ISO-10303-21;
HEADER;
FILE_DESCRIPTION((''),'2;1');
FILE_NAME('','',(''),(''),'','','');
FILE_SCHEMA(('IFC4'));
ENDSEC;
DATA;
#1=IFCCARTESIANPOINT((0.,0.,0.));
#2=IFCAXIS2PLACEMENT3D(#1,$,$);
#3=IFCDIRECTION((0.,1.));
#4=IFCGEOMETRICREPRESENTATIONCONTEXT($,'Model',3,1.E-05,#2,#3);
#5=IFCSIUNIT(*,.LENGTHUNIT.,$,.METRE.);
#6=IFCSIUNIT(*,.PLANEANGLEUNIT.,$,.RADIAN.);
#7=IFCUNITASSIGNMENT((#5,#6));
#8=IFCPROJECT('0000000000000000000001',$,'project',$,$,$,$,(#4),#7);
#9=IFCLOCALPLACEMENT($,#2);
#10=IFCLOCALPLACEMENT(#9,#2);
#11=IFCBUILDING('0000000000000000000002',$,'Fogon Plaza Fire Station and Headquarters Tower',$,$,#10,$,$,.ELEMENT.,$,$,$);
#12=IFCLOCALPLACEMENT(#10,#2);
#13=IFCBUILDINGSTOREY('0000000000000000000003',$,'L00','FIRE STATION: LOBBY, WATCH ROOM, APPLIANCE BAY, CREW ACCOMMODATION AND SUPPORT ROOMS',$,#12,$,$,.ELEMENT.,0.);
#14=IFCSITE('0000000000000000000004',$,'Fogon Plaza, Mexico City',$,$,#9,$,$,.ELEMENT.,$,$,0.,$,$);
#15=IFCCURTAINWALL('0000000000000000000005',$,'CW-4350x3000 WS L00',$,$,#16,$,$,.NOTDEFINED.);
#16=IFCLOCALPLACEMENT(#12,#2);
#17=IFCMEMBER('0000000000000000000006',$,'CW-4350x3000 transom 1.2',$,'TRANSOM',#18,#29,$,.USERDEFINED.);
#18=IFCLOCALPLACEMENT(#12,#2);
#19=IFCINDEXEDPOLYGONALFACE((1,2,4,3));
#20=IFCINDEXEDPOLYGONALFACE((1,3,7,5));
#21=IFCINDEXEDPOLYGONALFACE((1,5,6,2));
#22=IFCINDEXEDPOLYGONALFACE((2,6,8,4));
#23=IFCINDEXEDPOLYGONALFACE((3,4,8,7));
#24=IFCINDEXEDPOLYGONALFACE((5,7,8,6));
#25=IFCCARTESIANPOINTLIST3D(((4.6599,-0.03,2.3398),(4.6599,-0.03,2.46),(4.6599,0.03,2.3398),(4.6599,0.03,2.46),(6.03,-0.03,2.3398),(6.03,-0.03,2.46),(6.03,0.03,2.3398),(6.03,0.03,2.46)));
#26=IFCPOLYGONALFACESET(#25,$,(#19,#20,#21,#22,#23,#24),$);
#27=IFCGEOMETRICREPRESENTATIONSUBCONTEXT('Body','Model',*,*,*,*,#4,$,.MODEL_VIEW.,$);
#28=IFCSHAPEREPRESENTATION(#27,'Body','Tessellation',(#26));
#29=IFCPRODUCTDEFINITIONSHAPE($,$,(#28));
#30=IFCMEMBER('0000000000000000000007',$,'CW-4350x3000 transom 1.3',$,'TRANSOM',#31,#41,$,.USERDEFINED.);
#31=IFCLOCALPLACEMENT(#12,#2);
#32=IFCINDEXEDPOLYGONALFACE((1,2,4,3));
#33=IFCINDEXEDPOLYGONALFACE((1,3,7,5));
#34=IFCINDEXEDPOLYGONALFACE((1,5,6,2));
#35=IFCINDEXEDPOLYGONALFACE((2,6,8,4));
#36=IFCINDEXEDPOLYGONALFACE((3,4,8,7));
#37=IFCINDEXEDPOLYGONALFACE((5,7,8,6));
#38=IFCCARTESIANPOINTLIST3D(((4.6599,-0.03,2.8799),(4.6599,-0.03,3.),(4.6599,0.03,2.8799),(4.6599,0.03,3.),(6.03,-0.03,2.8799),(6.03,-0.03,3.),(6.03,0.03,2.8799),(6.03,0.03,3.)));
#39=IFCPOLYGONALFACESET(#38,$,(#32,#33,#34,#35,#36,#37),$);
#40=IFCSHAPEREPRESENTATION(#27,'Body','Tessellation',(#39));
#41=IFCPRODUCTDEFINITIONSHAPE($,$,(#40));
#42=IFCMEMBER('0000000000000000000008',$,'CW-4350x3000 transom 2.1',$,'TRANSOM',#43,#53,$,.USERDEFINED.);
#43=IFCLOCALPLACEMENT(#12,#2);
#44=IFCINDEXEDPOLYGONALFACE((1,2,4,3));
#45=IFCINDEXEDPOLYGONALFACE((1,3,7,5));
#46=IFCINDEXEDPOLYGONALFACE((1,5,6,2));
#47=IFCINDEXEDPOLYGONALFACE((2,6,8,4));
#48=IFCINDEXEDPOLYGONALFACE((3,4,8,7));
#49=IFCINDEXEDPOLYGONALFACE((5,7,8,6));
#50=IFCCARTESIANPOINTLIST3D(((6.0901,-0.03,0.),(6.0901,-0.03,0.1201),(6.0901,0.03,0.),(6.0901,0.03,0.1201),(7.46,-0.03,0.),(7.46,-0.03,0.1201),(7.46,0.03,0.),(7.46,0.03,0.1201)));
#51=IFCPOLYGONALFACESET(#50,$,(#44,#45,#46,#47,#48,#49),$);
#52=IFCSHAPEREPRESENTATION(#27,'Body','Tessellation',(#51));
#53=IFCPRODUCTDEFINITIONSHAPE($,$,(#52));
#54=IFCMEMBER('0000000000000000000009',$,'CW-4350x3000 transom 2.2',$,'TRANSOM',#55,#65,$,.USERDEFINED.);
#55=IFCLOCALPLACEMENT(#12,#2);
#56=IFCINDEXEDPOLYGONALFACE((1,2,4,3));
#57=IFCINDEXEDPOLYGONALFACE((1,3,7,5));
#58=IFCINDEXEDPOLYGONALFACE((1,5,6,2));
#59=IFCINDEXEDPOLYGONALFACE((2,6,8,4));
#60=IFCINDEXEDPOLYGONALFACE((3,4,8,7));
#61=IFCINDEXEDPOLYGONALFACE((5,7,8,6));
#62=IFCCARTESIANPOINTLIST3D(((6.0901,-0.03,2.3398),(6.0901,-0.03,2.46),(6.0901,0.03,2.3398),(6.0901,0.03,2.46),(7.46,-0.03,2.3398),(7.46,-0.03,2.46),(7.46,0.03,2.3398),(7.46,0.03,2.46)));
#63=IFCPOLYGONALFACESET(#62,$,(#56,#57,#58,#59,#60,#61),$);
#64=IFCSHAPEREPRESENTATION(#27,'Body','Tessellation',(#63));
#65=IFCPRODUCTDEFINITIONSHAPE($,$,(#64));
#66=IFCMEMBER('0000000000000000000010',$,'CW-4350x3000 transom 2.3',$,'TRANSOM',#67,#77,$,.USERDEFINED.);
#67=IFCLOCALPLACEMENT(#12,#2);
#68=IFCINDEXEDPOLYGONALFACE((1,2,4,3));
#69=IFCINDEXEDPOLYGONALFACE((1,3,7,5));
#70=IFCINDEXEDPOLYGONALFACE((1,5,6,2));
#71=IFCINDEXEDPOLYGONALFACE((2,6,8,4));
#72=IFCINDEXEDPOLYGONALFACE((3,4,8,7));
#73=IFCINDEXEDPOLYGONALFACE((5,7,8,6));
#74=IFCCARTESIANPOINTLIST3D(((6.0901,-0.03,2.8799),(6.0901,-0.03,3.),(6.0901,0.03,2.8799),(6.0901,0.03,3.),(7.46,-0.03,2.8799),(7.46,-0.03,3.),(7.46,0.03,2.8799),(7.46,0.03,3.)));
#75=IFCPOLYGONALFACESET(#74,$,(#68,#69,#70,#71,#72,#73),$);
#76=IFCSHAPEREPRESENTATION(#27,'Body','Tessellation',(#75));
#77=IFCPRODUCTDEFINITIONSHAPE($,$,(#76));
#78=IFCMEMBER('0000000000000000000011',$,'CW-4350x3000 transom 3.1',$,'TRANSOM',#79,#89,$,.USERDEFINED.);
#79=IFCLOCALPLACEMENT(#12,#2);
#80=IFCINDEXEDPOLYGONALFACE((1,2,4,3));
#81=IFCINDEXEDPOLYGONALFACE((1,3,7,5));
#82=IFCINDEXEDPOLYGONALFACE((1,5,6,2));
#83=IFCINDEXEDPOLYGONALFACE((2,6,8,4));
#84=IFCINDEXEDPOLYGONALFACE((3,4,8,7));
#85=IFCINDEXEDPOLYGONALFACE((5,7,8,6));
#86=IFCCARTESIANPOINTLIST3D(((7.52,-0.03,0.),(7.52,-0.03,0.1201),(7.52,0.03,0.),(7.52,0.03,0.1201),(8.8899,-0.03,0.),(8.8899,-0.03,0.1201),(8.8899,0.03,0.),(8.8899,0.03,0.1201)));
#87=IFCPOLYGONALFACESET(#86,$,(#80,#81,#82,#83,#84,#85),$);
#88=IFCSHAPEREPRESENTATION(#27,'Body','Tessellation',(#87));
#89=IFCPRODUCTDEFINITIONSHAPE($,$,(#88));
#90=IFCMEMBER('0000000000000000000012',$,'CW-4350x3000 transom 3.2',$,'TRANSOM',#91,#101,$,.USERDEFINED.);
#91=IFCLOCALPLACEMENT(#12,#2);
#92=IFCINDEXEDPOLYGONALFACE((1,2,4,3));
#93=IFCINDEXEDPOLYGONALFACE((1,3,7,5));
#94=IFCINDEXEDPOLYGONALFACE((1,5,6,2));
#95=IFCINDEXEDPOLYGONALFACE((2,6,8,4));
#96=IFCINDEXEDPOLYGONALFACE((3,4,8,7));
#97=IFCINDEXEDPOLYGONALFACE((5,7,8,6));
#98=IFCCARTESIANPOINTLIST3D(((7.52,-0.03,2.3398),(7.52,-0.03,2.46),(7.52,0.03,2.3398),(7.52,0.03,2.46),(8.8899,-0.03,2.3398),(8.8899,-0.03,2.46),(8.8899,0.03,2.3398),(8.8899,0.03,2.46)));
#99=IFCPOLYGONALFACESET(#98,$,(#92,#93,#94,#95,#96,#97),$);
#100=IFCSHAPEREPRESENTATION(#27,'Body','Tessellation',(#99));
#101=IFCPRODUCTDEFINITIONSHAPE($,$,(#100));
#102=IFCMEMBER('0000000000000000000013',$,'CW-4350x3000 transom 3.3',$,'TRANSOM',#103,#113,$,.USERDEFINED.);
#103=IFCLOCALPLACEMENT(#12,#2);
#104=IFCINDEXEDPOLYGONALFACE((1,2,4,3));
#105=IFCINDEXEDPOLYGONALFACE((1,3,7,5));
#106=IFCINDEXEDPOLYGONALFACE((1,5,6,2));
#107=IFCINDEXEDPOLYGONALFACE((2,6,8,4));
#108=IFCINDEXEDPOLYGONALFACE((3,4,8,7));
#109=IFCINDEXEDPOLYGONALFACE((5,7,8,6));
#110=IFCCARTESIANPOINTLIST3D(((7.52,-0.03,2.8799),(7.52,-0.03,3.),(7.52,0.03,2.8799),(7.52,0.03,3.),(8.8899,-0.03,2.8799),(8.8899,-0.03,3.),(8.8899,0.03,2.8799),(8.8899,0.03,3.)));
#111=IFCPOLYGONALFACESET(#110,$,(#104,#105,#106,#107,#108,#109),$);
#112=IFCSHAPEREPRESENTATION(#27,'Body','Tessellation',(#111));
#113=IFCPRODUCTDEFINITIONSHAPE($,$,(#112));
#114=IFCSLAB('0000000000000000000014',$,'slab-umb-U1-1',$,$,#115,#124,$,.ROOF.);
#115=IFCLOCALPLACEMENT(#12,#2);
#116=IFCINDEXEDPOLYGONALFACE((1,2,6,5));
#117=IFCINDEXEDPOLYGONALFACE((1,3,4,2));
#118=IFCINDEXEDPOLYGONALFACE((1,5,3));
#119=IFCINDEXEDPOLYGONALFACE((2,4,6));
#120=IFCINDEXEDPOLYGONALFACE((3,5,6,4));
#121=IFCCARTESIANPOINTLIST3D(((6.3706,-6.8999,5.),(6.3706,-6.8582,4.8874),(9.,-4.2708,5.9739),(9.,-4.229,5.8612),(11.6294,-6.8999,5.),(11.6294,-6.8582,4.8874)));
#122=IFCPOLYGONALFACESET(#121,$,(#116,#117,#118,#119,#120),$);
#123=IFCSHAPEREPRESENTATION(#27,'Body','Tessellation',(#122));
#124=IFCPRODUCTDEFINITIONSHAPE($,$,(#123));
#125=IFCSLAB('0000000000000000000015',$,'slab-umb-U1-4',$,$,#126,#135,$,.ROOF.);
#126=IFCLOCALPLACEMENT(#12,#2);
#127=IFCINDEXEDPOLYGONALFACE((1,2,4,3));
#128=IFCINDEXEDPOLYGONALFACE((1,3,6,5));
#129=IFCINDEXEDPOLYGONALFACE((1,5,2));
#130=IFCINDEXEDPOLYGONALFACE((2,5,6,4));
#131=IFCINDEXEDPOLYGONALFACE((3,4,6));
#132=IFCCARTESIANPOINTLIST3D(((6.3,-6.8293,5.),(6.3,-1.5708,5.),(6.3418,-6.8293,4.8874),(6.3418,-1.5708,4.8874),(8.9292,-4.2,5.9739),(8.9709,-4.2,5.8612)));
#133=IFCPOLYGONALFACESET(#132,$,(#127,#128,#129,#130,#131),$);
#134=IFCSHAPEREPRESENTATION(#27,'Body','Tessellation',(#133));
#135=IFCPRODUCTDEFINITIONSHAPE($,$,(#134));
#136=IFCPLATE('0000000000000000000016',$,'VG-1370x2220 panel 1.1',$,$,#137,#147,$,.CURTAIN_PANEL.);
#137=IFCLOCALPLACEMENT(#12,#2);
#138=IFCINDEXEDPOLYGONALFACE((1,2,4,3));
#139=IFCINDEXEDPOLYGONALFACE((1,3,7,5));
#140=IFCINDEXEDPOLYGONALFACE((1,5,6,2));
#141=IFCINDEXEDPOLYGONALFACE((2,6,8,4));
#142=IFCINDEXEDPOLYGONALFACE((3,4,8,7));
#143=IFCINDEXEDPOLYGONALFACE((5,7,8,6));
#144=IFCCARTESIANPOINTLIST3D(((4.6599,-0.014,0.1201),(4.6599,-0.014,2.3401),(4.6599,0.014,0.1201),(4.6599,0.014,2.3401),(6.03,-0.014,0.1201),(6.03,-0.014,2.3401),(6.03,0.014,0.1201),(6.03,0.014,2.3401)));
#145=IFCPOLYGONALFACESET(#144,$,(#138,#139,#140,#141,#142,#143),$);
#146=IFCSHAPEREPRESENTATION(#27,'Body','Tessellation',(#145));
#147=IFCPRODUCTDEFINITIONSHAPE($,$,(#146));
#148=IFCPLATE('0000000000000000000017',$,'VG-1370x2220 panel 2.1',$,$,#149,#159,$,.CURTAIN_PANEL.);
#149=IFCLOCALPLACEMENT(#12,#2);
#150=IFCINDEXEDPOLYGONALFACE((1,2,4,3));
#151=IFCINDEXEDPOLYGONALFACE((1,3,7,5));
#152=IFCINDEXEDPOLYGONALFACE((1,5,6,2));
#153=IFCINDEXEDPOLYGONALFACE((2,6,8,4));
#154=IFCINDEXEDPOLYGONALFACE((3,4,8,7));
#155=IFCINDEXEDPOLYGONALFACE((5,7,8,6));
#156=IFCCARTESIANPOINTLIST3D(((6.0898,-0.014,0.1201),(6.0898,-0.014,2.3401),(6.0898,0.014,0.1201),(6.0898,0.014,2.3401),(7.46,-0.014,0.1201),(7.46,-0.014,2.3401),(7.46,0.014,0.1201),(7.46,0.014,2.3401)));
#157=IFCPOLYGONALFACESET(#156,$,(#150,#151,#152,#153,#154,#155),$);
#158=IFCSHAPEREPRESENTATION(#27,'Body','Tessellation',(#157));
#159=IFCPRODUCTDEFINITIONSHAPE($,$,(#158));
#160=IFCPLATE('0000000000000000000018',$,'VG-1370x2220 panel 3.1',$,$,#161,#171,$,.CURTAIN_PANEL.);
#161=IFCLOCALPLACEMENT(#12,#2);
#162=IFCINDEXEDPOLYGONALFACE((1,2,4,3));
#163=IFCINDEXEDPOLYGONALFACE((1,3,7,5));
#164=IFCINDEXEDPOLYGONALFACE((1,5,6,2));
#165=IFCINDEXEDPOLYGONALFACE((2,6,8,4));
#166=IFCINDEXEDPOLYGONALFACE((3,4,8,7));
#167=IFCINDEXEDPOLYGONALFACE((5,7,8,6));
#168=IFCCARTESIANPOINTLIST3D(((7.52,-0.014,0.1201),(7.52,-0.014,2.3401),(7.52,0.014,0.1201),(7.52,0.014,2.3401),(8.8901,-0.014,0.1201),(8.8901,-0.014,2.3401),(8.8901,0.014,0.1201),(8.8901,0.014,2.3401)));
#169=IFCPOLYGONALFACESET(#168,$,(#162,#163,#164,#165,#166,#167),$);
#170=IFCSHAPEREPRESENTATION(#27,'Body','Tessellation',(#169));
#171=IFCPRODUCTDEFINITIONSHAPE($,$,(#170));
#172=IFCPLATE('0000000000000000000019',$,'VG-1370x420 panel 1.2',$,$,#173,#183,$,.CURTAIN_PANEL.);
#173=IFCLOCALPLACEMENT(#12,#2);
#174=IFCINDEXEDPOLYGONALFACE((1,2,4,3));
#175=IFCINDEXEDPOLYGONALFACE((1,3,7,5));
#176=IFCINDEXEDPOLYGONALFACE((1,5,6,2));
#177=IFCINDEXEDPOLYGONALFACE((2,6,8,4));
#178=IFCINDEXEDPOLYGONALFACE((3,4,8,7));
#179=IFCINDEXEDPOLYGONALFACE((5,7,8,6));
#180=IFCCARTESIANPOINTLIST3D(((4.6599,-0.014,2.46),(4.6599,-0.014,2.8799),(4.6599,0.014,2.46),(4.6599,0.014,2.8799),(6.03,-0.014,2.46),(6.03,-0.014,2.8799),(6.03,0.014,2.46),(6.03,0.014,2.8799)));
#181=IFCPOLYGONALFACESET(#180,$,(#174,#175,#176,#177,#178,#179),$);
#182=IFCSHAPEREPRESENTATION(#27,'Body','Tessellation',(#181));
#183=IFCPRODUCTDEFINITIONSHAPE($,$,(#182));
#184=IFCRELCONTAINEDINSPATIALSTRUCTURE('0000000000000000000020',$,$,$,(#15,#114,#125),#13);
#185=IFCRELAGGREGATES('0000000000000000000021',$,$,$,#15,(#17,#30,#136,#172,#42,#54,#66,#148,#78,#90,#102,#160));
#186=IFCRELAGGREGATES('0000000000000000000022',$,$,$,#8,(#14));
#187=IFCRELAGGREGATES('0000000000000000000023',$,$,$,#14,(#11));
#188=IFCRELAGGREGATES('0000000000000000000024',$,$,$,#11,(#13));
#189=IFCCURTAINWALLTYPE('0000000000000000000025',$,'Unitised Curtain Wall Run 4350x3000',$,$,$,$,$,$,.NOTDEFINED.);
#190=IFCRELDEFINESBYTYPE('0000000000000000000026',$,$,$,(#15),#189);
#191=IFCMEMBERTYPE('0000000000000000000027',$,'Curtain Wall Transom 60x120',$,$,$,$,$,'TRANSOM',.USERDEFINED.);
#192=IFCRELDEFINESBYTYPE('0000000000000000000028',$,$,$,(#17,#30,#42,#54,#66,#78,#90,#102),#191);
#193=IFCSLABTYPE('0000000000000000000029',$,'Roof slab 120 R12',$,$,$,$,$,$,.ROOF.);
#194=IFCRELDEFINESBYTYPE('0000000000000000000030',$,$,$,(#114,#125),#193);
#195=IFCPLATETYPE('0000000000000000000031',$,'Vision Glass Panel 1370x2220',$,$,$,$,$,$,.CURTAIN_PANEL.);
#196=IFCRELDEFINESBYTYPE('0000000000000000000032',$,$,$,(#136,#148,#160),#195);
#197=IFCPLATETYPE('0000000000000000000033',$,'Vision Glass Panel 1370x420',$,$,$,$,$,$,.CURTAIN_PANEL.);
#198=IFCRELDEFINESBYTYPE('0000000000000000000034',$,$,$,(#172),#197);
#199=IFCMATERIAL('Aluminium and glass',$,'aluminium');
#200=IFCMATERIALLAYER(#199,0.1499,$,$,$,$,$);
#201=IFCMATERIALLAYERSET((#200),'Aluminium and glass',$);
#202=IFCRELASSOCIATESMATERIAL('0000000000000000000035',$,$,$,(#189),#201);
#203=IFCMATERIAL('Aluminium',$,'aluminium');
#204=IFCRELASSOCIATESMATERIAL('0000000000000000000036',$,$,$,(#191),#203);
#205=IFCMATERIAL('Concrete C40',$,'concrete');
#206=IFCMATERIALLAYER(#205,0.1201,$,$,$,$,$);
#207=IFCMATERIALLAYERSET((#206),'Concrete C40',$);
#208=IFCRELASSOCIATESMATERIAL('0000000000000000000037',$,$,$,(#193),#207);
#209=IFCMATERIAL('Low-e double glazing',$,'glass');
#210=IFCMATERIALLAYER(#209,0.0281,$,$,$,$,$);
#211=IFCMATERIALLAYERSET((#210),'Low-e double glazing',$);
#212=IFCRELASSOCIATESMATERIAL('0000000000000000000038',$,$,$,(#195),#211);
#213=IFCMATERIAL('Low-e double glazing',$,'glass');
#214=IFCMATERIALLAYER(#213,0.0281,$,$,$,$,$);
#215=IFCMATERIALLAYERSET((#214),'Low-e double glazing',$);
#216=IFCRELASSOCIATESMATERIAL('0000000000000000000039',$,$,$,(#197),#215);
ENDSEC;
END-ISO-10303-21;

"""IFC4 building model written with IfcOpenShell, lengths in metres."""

from ifc_helpers import new_model, si_unit, direction, frame, origin, origin_2d, place, context, subcontext, project, spatial, polyline, rectangle, outline, extrude, material, layer, layer_set, material_profile, profile_set, type_object, element, aggregate, save


model = new_model("IFC4")

# Units and contexts
model_context = context("Model", 3, precision=1e-05, world=origin(), true_north=direction((0.0, 1.0)))
body_context = subcontext(model_context, "Body", "Model", "MODEL_VIEW")
ifc_project = project(units=[si_unit("LENGTHUNIT", "METRE"), si_unit("PLANEANGLEUNIT", "RADIAN")], contexts=[model_context])

# Site, building, storey
site_placement = place(None, origin())
site = spatial("IfcSite", under=ifc_project, at=site_placement, Name="Fogon Plaza, Mexico City", CompositionType="ELEMENT", RefElevation=0.0)
building_placement = place(site_placement, origin())
building = spatial("IfcBuilding", under=site, at=building_placement, Name="Fogon Plaza Fire Station and Headquarters Tower", CompositionType="ELEMENT")
storey_placement = place(building_placement, origin())
storey = spatial("IfcBuildingStorey", under=building, at=storey_placement, Name="L00", Description="FIRE STATION: LOBBY, WATCH ROOM, APPLIANCE BAY, CREW ACCOMMODATION AND SUPPORT ROOMS", CompositionType="ELEMENT", Elevation=0.0)

# Curtain wall, members
ifc_material_1 = material(Name="Aluminium and glass", Category="aluminium")
ifc_layer_1 = layer(ifc_material_1, 0.1499)
ifc_layer_set_1 = layer_set([ifc_layer_1], Name="Aluminium and glass")
curtain_wall_type = type_object("IfcCurtainWallType", Name="Unitised Curtain Wall Run 4350x3000", PredefinedType="NOTDEFINED", material=ifc_layer_set_1)
curtain_wall_placement = place(storey_placement, origin())
curtain_wall = element("IfcCurtainWall", 1, at=curtain_wall_placement, inside=storey, type_object=curtain_wall_type, Name="CW-4350x3000 WS L00", PredefinedType="NOTDEFINED")
ifc_material_2 = material(Name="Aluminium", Category="aluminium")
ifc_material_profile_1 = material_profile(ifc_material_2, rectangle(XDim=0.0601, YDim=0.1201, at=origin_2d()), Name="Curtain Wall Transom 60x120")
ifc_profile_set_1 = profile_set([ifc_material_profile_1], Name="Aluminium")
member_type_1 = type_object("IfcMemberType", Name="Curtain Wall Transom 60x120", ElementType="TRANSOM", PredefinedType="USERDEFINED", material=ifc_profile_set_1)
member_1_placement = place(storey_placement, frame((4.6599, 0.0, 2.3999), z_axis=(1.0, 0.0, 0.0), x_axis=(0.0, 1.0, 0.0)))
member_1 = element("IfcMember", 2, at=member_1_placement, type_object=member_type_1, Name="CW-4350x3000 transom 1.2", ObjectType="TRANSOM", PredefinedType="USERDEFINED", context=body_context, shape_type="SweptSolid", body=[
    extrude(rectangle(XDim=0.0601, YDim=0.1201, at=origin_2d()), origin(), (0.0, 0.0, 1.0), 1.3701),
])
member_2_placement = place(storey_placement, frame((4.6599, 0.0, 2.9399), z_axis=(1.0, 0.0, 0.0), x_axis=(0.0, 1.0, 0.0)))
member_2 = element("IfcMember", 3, at=member_2_placement, type_object=member_type_1, Name="CW-4350x3000 transom 1.3", ObjectType="TRANSOM", PredefinedType="USERDEFINED", context=body_context, shape_type="SweptSolid", body=[
    extrude(rectangle(XDim=0.0601, YDim=0.1201, at=origin_2d()), origin(), (0.0, 0.0, 1.0), 1.3701),
])
member_3_placement = place(storey_placement, frame((6.0901, 0.0, 0.0601), z_axis=(1.0, 0.0, 0.0), x_axis=(0.0, 1.0, 0.0)))
member_3 = element("IfcMember", 4, at=member_3_placement, type_object=member_type_1, Name="CW-4350x3000 transom 2.1", ObjectType="TRANSOM", PredefinedType="USERDEFINED", context=body_context, shape_type="SweptSolid", body=[
    extrude(rectangle(XDim=0.0601, YDim=0.1201, at=origin_2d()), origin(), (0.0, 0.0, 1.0), 1.3699),
])
member_4_placement = place(storey_placement, frame((6.0901, 0.0, 2.3999), z_axis=(1.0, 0.0, 0.0), x_axis=(0.0, 1.0, 0.0)))
member_4 = element("IfcMember", 5, at=member_4_placement, type_object=member_type_1, Name="CW-4350x3000 transom 2.2", ObjectType="TRANSOM", PredefinedType="USERDEFINED", context=body_context, shape_type="SweptSolid", body=[
    extrude(rectangle(XDim=0.0601, YDim=0.1201, at=origin_2d()), origin(), (0.0, 0.0, 1.0), 1.3699),
])
member_5_placement = place(storey_placement, frame((6.0901, 0.0, 2.9399), z_axis=(1.0, 0.0, 0.0), x_axis=(0.0, 1.0, 0.0)))
member_5 = element("IfcMember", 6, at=member_5_placement, type_object=member_type_1, Name="CW-4350x3000 transom 2.3", ObjectType="TRANSOM", PredefinedType="USERDEFINED", context=body_context, shape_type="SweptSolid", body=[
    extrude(rectangle(XDim=0.0601, YDim=0.1201, at=origin_2d()), origin(), (0.0, 0.0, 1.0), 1.3699),
])
member_6_placement = place(storey_placement, frame((7.52, 0.0, 0.0601), z_axis=(1.0, 0.0, 0.0), x_axis=(0.0, 1.0, 0.0)))
member_6 = element("IfcMember", 7, at=member_6_placement, type_object=member_type_1, Name="CW-4350x3000 transom 3.1", ObjectType="TRANSOM", PredefinedType="USERDEFINED", context=body_context, shape_type="SweptSolid", body=[
    extrude(rectangle(XDim=0.0601, YDim=0.1201, at=origin_2d()), origin(), (0.0, 0.0, 1.0), 1.3699),
])
member_7_placement = place(storey_placement, frame((7.52, 0.0, 2.3999), z_axis=(1.0, 0.0, 0.0), x_axis=(0.0, 1.0, 0.0)))
member_7 = element("IfcMember", 8, at=member_7_placement, type_object=member_type_1, Name="CW-4350x3000 transom 3.2", ObjectType="TRANSOM", PredefinedType="USERDEFINED", context=body_context, shape_type="SweptSolid", body=[
    extrude(rectangle(XDim=0.0601, YDim=0.1201, at=origin_2d()), origin(), (0.0, 0.0, 1.0), 1.3699),
])
member_8_placement = place(storey_placement, frame((7.52, 0.0, 2.9399), z_axis=(1.0, 0.0, 0.0), x_axis=(0.0, 1.0, 0.0)))
member_8 = element("IfcMember", 9, at=member_8_placement, type_object=member_type_1, Name="CW-4350x3000 transom 3.3", ObjectType="TRANSOM", PredefinedType="USERDEFINED", context=body_context, shape_type="SweptSolid", body=[
    extrude(rectangle(XDim=0.0601, YDim=0.1201, at=origin_2d()), origin(), (0.0, 0.0, 1.0), 1.3699),
])

# Slabs
ifc_material_3 = material(Name="Concrete C40", Category="concrete")
ifc_layer_2 = layer(ifc_material_3, 0.1201)
ifc_layer_set_2 = layer_set([ifc_layer_2], Name="Concrete C40")
slab_type = type_object("IfcSlabType", Name="Roof slab 120 R12", PredefinedType="ROOF", material=ifc_layer_set_2)
slab_1_placement = place(storey_placement, frame((6.3706, -6.8999, 5.0), z_axis=(0.0, -0.347351, 0.937735), x_axis=(0.684066, 0.684003, 0.253365)))
element("IfcSlab", 10, at=slab_1_placement, inside=storey, type_object=slab_type, Name="slab-umb-U1-1", PredefinedType="ROOF", context=body_context, shape_type="SweptSolid", body=[
    extrude(outline(polyline([(0.0, 0.0), (3.8438, 0.0), (3.5974, -3.8359), (0.0, 0.0)])), origin(), (0.0, 0.0, -1.0), 0.1201),
])
slab_2_placement = place(storey_placement, frame((6.3, -1.5708, 5.0), z_axis=(-0.347351, 0.0, 0.937735), x_axis=(0.684032, -0.684032, 0.253376)))
element("IfcSlab", 11, at=slab_2_placement, inside=storey, type_object=slab_type, Name="slab-umb-U1-4", PredefinedType="ROOF", context=body_context, shape_type="SweptSolid", body=[
    extrude(outline(polyline([(0.0, 0.0), (3.8436, 0.0), (3.597, -3.8359), (0.0, 0.0)])), origin(), (0.0, 0.0, -1.0), 0.1201),
])

# Plates
ifc_material_4 = material(Name="Low-e double glazing", Category="glass")
ifc_layer_3 = layer(ifc_material_4, 0.0281)
ifc_layer_set_3 = layer_set([ifc_layer_3], Name="Low-e double glazing")
plate_type_1 = type_object("IfcPlateType", Name="Vision Glass Panel 1370x2220", PredefinedType="CURTAIN_PANEL", material=ifc_layer_set_3)
plate_1_placement = place(storey_placement, frame((5.345, 0.0, 0.1201), z_axis=(0.0, 0.0, 1.0), x_axis=(1.0, 0.0, 0.0)))
plate_1 = element("IfcPlate", 12, at=plate_1_placement, type_object=plate_type_1, Name="VG-1370x2220 panel 1.1", PredefinedType="CURTAIN_PANEL", context=body_context, shape_type="SweptSolid", body=[
    extrude(rectangle(XDim=1.3701, YDim=0.0281, at=origin_2d()), origin(), (0.0, 0.0, 1.0), 2.22),
])
plate_2_placement = place(storey_placement, frame((6.7749, 0.0, 0.1201), z_axis=(0.0, 0.0, 1.0), x_axis=(1.0, 0.0, 0.0)))
plate_2 = element("IfcPlate", 13, at=plate_2_placement, type_object=plate_type_1, Name="VG-1370x2220 panel 2.1", PredefinedType="CURTAIN_PANEL", context=body_context, shape_type="SweptSolid", body=[
    extrude(rectangle(XDim=1.3701, YDim=0.0281, at=origin_2d()), origin(), (0.0, 0.0, 1.0), 2.22),
])
plate_3_placement = place(storey_placement, frame((8.2051, 0.0, 0.1201), z_axis=(0.0, 0.0, 1.0), x_axis=(1.0, 0.0, 0.0)))
plate_3 = element("IfcPlate", 14, at=plate_3_placement, type_object=plate_type_1, Name="VG-1370x2220 panel 3.1", PredefinedType="CURTAIN_PANEL", context=body_context, shape_type="SweptSolid", body=[
    extrude(rectangle(XDim=1.3701, YDim=0.0281, at=origin_2d()), origin(), (0.0, 0.0, 1.0), 2.22),
])
ifc_material_5 = material(Name="Low-e double glazing", Category="glass")
ifc_layer_4 = layer(ifc_material_5, 0.0281)
ifc_layer_set_4 = layer_set([ifc_layer_4], Name="Low-e double glazing")
plate_type_2 = type_object("IfcPlateType", Name="Vision Glass Panel 1370x420", PredefinedType="CURTAIN_PANEL", material=ifc_layer_set_4)
plate_4_placement = place(storey_placement, frame((5.345, 0.0, 2.46), z_axis=(0.0, 0.0, 1.0), x_axis=(1.0, 0.0, 0.0)))
plate_4 = element("IfcPlate", 15, at=plate_4_placement, type_object=plate_type_2, Name="VG-1370x420 panel 1.2", PredefinedType="CURTAIN_PANEL", context=body_context, shape_type="SweptSolid", body=[
    extrude(rectangle(XDim=1.3701, YDim=0.0281, at=origin_2d()), origin(), (0.0, 0.0, 1.0), 0.4199),
])
aggregate(curtain_wall, [member_1, member_2, plate_1, plate_4, member_3, member_4, member_5, plate_2, member_6, member_7, member_8, plate_3])

save(model, "model.ifc")
